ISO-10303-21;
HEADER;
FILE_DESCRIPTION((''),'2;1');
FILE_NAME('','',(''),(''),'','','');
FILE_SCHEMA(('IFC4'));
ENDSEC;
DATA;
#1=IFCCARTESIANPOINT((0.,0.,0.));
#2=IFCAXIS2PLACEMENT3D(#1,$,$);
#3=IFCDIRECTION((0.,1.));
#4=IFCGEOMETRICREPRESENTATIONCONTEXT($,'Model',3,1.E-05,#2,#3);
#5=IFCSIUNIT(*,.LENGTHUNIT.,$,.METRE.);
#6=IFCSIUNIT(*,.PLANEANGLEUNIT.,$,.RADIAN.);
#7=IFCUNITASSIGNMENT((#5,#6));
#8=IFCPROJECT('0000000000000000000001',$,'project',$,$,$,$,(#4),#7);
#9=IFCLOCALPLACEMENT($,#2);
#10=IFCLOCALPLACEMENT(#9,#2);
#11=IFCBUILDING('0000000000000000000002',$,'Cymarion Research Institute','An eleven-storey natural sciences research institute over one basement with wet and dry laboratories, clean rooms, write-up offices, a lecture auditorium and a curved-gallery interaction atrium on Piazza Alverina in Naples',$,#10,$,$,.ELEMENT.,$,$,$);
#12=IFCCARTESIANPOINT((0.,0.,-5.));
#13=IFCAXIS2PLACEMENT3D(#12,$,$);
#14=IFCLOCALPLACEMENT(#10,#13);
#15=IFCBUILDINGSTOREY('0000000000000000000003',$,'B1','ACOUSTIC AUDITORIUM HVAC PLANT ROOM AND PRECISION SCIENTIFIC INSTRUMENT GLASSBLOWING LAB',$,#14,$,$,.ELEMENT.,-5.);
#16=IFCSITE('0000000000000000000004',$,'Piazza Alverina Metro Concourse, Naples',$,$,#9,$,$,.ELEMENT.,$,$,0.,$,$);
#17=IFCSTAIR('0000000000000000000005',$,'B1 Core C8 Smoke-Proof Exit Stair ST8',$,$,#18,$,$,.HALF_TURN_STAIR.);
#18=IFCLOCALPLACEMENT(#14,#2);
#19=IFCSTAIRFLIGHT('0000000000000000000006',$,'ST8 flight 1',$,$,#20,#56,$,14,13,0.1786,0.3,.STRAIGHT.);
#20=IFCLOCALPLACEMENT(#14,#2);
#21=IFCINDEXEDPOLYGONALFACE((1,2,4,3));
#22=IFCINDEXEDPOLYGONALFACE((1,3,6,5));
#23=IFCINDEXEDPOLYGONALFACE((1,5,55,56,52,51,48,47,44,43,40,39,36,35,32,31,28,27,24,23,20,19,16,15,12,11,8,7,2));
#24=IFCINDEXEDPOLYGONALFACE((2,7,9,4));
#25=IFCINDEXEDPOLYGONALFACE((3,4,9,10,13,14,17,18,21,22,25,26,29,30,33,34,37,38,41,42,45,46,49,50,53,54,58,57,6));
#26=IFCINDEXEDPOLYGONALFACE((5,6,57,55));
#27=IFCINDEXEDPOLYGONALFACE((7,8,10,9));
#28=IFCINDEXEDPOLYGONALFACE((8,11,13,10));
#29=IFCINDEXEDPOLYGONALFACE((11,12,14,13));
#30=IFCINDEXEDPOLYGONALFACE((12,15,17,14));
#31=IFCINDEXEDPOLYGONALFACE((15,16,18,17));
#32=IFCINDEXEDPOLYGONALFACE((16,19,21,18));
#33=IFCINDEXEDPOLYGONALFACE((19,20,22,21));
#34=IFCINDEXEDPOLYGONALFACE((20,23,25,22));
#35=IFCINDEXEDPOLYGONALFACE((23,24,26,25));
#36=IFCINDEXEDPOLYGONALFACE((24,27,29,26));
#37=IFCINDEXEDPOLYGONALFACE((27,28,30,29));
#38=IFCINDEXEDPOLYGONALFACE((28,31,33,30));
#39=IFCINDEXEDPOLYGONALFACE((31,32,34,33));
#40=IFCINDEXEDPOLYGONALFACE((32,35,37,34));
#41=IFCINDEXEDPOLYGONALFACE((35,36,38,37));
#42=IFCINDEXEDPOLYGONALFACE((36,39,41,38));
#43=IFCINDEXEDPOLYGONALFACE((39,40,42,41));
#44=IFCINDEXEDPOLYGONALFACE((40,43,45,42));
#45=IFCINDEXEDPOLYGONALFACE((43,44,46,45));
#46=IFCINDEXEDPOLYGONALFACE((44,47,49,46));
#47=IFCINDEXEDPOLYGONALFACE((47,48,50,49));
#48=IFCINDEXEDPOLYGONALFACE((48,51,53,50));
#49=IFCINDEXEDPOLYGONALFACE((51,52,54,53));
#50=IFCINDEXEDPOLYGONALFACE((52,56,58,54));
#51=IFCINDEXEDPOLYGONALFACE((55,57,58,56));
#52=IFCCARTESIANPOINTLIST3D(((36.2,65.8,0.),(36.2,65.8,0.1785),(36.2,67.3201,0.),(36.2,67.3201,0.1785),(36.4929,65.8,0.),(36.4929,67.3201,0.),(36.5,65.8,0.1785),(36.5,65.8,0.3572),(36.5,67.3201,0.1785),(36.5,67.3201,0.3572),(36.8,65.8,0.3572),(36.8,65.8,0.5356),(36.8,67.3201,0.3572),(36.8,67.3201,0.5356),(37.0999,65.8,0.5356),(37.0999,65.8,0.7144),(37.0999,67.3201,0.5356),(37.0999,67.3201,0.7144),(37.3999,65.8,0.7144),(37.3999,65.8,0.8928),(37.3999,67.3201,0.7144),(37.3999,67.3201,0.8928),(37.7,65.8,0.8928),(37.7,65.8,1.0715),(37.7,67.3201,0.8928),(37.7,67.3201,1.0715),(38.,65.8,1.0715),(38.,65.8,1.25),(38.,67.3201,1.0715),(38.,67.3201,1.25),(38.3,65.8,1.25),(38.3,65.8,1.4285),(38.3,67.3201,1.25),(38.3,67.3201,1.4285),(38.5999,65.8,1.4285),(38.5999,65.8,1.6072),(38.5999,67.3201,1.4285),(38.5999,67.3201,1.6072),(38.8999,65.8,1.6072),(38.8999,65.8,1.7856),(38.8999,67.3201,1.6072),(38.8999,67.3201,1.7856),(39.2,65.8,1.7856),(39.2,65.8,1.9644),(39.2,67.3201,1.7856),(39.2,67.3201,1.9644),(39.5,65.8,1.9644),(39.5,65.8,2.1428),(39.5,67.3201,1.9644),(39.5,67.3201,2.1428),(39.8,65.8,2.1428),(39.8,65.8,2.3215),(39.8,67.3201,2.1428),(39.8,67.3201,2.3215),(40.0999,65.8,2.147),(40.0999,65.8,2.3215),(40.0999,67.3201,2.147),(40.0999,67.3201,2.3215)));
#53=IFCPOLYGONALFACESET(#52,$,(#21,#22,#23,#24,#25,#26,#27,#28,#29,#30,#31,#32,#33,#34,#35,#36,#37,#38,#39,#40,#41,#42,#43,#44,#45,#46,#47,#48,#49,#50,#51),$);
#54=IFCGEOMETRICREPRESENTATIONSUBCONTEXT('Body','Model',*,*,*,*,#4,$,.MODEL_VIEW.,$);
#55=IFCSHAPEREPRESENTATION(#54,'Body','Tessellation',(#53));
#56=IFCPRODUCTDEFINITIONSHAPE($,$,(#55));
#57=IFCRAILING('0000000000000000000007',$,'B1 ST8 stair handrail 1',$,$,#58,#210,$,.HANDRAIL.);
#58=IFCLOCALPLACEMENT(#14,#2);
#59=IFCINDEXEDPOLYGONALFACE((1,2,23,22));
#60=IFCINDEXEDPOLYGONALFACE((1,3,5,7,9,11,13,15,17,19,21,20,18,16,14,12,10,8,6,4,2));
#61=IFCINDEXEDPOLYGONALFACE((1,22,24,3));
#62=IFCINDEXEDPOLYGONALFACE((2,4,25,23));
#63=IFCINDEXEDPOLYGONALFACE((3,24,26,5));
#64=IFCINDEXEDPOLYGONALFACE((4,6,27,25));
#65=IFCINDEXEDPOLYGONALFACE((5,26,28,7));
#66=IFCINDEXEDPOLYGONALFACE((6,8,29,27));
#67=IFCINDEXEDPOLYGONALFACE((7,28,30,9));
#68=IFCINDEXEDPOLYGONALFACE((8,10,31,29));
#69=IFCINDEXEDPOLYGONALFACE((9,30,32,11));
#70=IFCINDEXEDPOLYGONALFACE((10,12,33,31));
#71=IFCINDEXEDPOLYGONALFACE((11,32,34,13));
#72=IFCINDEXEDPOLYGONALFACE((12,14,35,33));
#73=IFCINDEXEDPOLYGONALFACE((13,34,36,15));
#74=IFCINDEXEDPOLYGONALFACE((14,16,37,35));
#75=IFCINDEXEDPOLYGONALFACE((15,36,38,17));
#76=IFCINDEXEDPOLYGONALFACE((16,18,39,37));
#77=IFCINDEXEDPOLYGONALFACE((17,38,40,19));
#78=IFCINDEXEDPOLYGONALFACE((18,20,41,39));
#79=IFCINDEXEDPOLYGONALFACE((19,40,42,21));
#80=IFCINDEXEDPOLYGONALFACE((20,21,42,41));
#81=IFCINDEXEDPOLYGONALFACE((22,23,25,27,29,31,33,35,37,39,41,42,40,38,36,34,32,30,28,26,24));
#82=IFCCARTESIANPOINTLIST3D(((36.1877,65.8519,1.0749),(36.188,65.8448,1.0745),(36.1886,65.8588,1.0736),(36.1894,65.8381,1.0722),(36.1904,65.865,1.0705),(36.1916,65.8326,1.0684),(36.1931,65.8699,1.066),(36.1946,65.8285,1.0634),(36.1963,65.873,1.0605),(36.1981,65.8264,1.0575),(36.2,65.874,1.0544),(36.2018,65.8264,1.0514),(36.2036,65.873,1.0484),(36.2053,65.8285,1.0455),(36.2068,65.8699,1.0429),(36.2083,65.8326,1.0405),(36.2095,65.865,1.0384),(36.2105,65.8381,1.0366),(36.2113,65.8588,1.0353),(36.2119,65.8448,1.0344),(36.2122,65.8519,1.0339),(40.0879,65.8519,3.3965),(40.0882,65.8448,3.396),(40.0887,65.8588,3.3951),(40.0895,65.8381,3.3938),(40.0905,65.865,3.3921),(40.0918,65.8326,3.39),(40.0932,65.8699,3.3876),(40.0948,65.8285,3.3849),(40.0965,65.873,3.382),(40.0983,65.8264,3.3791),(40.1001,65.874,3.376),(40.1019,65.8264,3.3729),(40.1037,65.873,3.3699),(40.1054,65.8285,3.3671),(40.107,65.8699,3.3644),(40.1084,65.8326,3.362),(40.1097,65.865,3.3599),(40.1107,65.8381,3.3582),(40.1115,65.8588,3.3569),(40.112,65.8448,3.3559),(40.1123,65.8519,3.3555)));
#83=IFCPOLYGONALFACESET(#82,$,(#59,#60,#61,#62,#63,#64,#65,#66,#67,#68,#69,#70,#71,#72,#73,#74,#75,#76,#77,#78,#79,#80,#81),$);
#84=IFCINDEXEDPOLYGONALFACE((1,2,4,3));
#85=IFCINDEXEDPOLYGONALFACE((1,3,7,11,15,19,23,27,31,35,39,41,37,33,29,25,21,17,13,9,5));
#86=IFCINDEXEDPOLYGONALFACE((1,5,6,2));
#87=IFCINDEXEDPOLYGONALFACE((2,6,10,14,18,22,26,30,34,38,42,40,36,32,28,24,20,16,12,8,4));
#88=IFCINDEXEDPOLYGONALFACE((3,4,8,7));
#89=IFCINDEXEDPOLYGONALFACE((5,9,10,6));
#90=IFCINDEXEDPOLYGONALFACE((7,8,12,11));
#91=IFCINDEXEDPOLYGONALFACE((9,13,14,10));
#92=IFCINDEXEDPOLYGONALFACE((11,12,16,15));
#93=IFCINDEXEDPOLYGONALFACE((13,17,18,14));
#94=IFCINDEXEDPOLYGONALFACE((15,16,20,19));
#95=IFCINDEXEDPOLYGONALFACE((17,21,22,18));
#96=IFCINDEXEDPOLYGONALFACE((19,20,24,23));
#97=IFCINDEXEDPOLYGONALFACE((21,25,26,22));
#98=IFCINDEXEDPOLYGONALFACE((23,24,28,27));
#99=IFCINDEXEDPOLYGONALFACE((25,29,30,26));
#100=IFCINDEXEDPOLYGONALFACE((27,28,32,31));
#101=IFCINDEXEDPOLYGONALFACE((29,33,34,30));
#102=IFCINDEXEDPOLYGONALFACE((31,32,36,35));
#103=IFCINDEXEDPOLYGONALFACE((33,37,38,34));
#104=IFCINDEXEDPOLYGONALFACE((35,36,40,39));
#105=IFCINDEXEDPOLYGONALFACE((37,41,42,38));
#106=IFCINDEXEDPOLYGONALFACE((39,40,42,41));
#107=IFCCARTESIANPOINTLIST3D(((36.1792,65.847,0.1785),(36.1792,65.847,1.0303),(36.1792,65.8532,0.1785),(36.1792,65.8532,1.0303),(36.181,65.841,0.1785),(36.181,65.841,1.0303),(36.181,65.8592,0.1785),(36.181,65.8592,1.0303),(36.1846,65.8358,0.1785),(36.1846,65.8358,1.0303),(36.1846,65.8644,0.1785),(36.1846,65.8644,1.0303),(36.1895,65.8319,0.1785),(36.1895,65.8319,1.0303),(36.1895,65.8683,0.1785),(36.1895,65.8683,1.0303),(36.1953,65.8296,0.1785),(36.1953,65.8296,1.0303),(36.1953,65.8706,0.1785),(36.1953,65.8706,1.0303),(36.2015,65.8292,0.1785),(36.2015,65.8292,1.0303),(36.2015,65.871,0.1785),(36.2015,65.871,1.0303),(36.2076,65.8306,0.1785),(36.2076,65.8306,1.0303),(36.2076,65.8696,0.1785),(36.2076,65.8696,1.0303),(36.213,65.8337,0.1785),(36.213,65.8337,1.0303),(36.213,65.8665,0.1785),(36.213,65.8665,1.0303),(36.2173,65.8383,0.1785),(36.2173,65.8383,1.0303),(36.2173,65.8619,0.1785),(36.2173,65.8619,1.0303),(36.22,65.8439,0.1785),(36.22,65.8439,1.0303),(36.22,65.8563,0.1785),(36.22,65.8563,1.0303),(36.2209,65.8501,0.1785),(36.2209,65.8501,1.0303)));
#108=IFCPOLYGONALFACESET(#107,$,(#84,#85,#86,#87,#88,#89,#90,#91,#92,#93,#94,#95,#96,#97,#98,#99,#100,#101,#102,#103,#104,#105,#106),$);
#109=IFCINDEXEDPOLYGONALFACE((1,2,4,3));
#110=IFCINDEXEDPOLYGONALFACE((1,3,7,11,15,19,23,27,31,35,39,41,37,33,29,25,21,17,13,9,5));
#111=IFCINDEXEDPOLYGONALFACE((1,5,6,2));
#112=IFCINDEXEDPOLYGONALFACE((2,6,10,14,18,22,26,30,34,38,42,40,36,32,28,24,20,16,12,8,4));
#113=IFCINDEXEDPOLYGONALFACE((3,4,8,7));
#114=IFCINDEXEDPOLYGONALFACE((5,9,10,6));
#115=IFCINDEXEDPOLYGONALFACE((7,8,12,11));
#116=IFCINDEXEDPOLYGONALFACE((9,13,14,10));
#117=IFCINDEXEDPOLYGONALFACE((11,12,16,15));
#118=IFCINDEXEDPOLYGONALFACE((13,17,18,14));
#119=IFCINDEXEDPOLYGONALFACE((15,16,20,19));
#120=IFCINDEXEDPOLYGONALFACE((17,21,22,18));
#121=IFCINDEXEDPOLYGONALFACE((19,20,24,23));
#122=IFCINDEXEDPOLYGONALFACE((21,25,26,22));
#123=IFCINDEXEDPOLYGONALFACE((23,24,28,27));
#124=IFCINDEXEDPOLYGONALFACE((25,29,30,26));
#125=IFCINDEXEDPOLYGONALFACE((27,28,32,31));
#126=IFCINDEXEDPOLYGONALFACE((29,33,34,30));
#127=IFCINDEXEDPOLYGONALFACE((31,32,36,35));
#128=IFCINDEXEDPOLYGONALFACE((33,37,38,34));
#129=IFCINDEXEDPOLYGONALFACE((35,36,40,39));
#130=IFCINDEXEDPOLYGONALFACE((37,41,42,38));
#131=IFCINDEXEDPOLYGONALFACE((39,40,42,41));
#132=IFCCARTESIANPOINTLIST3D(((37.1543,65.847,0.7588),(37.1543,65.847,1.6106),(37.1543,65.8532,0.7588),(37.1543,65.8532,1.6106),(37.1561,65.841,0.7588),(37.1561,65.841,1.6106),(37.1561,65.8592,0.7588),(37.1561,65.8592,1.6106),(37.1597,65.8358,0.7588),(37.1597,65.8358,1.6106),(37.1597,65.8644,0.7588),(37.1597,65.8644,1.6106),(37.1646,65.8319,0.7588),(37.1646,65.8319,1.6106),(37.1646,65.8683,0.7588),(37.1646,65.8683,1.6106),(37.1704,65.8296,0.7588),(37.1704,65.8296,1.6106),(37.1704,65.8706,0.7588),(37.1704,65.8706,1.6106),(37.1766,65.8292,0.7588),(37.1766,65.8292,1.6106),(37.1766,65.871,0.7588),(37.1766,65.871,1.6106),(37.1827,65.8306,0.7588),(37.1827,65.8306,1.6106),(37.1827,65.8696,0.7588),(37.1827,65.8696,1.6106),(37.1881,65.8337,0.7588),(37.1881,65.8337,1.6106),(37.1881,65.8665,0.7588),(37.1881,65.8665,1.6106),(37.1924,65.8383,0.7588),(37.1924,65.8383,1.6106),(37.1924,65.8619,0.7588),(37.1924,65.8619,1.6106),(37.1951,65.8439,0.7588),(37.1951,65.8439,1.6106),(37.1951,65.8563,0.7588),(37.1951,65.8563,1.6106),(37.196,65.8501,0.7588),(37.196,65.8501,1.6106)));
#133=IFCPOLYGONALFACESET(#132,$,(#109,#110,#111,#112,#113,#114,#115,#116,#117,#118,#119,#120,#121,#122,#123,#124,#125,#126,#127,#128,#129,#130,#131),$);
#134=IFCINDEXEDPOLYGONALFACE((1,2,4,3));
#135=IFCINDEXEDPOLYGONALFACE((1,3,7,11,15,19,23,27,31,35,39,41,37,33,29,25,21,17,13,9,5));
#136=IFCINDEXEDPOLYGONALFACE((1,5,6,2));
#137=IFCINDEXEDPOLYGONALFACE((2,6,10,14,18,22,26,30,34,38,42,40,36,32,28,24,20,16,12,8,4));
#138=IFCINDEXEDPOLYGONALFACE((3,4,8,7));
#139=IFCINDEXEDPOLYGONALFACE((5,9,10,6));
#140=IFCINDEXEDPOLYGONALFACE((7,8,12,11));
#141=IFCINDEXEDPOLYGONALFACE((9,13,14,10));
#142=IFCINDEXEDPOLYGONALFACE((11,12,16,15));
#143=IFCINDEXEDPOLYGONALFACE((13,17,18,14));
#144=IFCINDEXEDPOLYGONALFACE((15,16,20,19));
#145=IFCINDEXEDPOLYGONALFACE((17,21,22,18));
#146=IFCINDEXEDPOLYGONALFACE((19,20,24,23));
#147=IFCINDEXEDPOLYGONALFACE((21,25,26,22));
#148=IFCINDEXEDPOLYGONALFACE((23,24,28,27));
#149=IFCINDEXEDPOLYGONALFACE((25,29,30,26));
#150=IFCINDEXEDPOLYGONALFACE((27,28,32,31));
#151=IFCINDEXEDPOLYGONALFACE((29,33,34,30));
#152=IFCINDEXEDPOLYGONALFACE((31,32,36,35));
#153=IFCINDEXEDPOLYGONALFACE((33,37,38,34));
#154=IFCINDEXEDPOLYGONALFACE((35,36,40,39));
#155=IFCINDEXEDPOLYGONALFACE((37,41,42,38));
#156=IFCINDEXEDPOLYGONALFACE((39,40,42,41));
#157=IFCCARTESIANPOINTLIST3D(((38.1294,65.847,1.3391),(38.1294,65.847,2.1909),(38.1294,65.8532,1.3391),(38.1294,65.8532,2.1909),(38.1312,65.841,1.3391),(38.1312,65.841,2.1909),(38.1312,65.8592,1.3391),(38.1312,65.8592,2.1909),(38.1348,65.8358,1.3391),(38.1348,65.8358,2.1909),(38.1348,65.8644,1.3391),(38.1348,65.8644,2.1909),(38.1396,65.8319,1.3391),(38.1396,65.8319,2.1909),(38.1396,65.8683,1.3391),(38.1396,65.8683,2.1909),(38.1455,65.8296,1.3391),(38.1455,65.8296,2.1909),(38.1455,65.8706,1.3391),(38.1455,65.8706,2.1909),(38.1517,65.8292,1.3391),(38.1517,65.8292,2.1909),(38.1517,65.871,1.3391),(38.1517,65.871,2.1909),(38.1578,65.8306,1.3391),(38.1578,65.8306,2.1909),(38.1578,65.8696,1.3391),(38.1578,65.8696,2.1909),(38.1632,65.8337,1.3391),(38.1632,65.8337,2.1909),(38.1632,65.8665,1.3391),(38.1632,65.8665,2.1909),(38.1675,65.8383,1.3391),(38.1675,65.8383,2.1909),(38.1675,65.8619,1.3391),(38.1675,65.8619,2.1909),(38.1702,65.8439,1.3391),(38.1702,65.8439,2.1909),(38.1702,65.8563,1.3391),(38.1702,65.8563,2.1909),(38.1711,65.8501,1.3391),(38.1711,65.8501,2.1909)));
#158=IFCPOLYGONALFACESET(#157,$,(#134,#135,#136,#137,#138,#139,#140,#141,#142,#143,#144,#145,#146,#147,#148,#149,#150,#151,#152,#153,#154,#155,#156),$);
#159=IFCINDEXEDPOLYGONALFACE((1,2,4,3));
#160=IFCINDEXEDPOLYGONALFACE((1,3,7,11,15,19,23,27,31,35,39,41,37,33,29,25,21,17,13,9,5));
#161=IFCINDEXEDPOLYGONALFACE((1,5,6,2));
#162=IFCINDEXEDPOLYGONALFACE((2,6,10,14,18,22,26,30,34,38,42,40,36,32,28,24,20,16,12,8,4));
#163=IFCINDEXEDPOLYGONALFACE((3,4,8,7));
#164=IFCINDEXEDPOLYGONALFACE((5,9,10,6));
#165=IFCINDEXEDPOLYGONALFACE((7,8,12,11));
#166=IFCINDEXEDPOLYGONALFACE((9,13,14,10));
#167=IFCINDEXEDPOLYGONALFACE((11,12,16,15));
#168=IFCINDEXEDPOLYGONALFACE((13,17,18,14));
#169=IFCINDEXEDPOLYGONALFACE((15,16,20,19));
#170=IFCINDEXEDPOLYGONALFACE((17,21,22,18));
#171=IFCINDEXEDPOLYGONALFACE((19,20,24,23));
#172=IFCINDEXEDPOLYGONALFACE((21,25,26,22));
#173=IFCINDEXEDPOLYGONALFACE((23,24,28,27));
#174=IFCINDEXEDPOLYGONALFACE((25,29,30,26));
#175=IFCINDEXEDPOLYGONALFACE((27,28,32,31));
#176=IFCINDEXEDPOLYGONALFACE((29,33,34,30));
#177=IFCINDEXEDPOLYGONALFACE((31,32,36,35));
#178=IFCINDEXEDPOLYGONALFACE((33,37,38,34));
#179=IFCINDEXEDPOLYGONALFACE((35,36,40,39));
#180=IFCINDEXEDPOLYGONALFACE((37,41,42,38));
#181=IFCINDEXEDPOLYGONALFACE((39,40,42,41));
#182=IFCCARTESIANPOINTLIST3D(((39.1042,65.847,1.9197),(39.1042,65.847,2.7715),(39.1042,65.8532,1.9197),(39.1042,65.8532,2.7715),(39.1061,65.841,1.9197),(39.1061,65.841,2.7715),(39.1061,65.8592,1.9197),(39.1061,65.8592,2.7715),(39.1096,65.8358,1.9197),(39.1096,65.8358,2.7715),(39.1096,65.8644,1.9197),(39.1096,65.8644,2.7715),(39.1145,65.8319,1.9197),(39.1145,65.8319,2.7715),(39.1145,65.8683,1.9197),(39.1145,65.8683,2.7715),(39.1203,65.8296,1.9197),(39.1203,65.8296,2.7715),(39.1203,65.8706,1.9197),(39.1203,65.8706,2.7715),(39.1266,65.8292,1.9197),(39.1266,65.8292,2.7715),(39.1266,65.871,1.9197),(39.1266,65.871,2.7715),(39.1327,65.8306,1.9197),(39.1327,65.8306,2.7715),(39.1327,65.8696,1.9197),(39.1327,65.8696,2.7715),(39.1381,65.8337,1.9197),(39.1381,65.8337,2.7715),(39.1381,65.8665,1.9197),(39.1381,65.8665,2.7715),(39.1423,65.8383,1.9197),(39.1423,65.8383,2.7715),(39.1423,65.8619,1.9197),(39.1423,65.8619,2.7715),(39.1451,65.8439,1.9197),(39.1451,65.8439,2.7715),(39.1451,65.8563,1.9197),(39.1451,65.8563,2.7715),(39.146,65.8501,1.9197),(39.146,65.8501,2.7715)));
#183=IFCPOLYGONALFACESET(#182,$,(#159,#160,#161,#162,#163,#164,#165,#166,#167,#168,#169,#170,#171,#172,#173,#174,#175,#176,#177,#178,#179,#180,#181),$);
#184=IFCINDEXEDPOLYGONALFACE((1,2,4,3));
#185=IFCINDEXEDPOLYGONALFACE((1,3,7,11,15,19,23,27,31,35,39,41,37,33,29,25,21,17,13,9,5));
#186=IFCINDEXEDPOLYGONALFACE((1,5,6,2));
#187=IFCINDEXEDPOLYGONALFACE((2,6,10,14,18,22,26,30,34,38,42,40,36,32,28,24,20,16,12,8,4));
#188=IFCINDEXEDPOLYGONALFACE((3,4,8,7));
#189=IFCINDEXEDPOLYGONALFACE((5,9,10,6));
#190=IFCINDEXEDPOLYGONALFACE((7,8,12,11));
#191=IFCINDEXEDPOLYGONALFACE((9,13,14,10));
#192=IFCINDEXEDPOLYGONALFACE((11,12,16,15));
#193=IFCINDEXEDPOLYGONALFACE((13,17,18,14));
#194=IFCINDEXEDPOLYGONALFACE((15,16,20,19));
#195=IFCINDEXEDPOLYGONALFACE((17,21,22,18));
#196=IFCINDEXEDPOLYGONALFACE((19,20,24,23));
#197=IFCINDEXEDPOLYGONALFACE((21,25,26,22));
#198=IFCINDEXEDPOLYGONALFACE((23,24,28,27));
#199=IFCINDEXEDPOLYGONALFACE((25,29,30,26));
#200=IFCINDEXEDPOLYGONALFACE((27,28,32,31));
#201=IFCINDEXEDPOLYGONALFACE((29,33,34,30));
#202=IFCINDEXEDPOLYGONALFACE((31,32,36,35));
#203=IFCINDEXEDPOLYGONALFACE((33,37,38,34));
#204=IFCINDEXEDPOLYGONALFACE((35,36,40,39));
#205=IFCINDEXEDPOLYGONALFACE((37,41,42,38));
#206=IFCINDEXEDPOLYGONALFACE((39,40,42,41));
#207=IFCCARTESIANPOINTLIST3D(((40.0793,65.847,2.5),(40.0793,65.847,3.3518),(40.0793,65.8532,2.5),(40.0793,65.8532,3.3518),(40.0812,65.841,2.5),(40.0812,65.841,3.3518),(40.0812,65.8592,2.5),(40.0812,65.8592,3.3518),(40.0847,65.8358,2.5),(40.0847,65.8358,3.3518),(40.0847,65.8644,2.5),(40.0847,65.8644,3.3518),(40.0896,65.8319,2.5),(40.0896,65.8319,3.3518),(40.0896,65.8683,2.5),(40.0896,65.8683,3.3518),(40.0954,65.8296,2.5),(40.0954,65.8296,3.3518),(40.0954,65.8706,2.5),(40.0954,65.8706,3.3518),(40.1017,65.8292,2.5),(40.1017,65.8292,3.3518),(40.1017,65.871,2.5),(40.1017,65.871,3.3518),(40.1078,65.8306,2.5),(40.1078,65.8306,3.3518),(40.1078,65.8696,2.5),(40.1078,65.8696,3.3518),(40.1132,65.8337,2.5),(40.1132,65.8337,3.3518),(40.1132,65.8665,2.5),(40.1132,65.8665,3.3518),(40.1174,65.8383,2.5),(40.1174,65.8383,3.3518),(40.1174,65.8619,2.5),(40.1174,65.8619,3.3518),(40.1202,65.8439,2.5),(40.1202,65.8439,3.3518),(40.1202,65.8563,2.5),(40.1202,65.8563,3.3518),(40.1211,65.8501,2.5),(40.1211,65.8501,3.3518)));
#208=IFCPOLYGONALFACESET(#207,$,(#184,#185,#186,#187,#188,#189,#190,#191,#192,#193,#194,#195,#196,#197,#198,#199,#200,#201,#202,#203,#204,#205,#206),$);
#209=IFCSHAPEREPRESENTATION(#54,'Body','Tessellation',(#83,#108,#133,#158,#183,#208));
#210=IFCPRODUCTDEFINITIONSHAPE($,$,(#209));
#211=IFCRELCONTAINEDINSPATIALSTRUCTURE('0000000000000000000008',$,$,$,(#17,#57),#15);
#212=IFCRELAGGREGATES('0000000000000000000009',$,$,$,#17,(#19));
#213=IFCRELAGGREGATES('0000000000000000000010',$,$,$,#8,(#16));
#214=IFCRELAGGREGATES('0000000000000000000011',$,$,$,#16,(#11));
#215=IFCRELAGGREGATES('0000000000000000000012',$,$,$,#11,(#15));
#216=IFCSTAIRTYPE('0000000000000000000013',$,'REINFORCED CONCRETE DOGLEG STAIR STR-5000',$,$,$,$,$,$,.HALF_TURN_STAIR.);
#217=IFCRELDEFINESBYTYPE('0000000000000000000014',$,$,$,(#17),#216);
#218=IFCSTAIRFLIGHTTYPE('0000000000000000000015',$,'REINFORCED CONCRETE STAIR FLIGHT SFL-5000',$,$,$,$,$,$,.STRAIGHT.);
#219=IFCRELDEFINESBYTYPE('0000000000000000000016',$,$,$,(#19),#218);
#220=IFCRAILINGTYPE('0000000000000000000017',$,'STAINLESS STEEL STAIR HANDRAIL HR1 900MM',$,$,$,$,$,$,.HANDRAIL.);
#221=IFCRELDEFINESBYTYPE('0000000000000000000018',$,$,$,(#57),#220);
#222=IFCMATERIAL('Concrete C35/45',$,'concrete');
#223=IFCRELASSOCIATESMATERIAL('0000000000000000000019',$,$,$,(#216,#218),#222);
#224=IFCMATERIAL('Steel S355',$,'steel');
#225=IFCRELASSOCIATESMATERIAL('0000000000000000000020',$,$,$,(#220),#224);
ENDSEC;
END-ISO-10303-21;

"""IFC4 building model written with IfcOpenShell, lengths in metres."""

from ifc_helpers import new_model, si_unit, direction, frame, origin, origin_2d, place, context, subcontext, project, spatial, polyline, circle, outline, extrude, material, type_object, element, aggregate, save


model = new_model("IFC4")

# Units and contexts
model_context = context("Model", 3, precision=1e-05, world=origin(), true_north=direction((0.0, 1.0)))
body_context = subcontext(model_context, "Body", "Model", "MODEL_VIEW")
ifc_project = project(units=[si_unit("LENGTHUNIT", "METRE"), si_unit("PLANEANGLEUNIT", "RADIAN")], contexts=[model_context])

# Site, building, storey
site_placement = place(None, origin())
site = spatial("IfcSite", under=ifc_project, at=site_placement, Name="Piazza Alverina Metro Concourse, Naples", CompositionType="ELEMENT", RefElevation=0.0)
building_placement = place(site_placement, origin())
building = spatial("IfcBuilding", under=site, at=building_placement, Name="Cymarion Research Institute", Description="An eleven-storey natural sciences research institute over one basement with wet and dry laboratories, clean rooms, write-up offices, a lecture auditorium and a curved-gallery interaction atrium on Piazza Alverina in Naples", CompositionType="ELEMENT")
storey_placement = place(building_placement, frame((0.0, 0.0, -5.0)))
storey = spatial("IfcBuildingStorey", under=building, at=storey_placement, Name="B1", Description="ACOUSTIC AUDITORIUM HVAC PLANT ROOM AND PRECISION SCIENTIFIC INSTRUMENT GLASSBLOWING LAB", CompositionType="ELEMENT", Elevation=-5.0)

# Shared definitions
ifc_material_1 = material(Name="Concrete C35/45", Category="concrete")

# Shared definitions
ifc_material_2 = material(Name="Steel S355", Category="steel")

# Stair, stair flight
stair_type = type_object("IfcStairType", Name="REINFORCED CONCRETE DOGLEG STAIR STR-5000", PredefinedType="HALF_TURN_STAIR", material=ifc_material_1)
stair_placement = place(storey_placement, origin())
stair = element("IfcStair", 1, at=stair_placement, inside=storey, type_object=stair_type, Name="B1 Core C8 Smoke-Proof Exit Stair ST8", PredefinedType="HALF_TURN_STAIR")
stair_flight_type = type_object("IfcStairFlightType", Name="REINFORCED CONCRETE STAIR FLIGHT SFL-5000", PredefinedType="STRAIGHT", material=ifc_material_1)
stair_flight_placement = place(storey_placement, frame((36.2, 66.5601, 0.0), z_axis=(0.0, 0.0, 1.0), x_axis=(1.0, 0.0, 0.0)))
stair_flight = element("IfcStairFlight", 2, at=stair_flight_placement, type_object=stair_flight_type, Name="ST8 flight 1", NumberOfRisers=14, NumberOfTreads=13, PredefinedType="STRAIGHT", RiserHeight=0.1786, TreadLength=0.3, context=body_context, shape_type="SweptSolid", body=[
    extrude(outline(polyline([(0.0, 0.0), (0.0, 0.1785), (0.3, 0.1785), (0.3, 0.3572), (0.6001, 0.3572), (0.6001, 0.5356), (0.8999, 0.5356), (0.8999, 0.7144), (1.2, 0.7144), (1.2, 0.8928), (1.5, 0.8928), (1.5, 1.0715), (1.8, 1.0715), (1.8, 1.25), (2.1001, 1.25), (2.1001, 1.4285), (2.3999, 1.4285), (2.3999, 1.6072), (2.7, 1.6072), (2.7, 1.7856), (3.0, 1.7856), (3.0, 1.9644), (3.3, 1.9644), (3.3, 2.1428), (3.6001, 2.1428), (3.6001, 2.3215), (3.8999, 2.3215), (3.8999, 2.5), (3.8999, 2.147), (0.293, 0.0), (0.0, 0.0)])), frame((0.0, 0.76, 0.0), z_axis=(0.0, -1.0, 0.0), x_axis=(1.0, 0.0, 0.0)), (0.0, 0.0, 1.0), 1.52),
])
aggregate(stair, [stair_flight])

# Railing
railing_type = type_object("IfcRailingType", Name="STAINLESS STEEL STAIR HANDRAIL HR1 900MM", PredefinedType="HANDRAIL", material=ifc_material_2)
railing_placement = place(storey_placement, frame((36.2, 65.8501, 0.1785)))
element("IfcRailing", 3, at=railing_placement, inside=storey, type_object=railing_type, Name="B1 ST8 stair handrail 1", PredefinedType="HANDRAIL", context=body_context, shape_type="SweptSolid", body=[
    extrude(circle(Radius=0.0239, at=origin_2d()), frame((0.0, 0.0, 0.876), z_axis=(0.859291, 0.0, 0.511487), x_axis=(0.0, 1.0, 0.0)), (0.0, 0.0, 1.0), 4.5388),
    extrude(circle(Radius=0.021, at=origin_2d()), origin(), (0.0, 0.0, 1.0), 0.8518),
    extrude(circle(Radius=0.021, at=origin_2d()), frame((0.9751, 0.0, 0.5803)), (0.0, 0.0, 1.0), 0.8518),
    extrude(circle(Radius=0.021, at=origin_2d()), frame((1.9502, 0.0, 1.1606)), (0.0, 0.0, 1.0), 0.8518),
    extrude(circle(Radius=0.021, at=origin_2d()), frame((2.925, 0.0, 1.7412)), (0.0, 0.0, 1.0), 0.8518),
    extrude(circle(Radius=0.021, at=origin_2d()), frame((3.9001, 0.0, 2.3215)), (0.0, 0.0, 1.0), 0.8518),
])

save(model, "model.ifc")
